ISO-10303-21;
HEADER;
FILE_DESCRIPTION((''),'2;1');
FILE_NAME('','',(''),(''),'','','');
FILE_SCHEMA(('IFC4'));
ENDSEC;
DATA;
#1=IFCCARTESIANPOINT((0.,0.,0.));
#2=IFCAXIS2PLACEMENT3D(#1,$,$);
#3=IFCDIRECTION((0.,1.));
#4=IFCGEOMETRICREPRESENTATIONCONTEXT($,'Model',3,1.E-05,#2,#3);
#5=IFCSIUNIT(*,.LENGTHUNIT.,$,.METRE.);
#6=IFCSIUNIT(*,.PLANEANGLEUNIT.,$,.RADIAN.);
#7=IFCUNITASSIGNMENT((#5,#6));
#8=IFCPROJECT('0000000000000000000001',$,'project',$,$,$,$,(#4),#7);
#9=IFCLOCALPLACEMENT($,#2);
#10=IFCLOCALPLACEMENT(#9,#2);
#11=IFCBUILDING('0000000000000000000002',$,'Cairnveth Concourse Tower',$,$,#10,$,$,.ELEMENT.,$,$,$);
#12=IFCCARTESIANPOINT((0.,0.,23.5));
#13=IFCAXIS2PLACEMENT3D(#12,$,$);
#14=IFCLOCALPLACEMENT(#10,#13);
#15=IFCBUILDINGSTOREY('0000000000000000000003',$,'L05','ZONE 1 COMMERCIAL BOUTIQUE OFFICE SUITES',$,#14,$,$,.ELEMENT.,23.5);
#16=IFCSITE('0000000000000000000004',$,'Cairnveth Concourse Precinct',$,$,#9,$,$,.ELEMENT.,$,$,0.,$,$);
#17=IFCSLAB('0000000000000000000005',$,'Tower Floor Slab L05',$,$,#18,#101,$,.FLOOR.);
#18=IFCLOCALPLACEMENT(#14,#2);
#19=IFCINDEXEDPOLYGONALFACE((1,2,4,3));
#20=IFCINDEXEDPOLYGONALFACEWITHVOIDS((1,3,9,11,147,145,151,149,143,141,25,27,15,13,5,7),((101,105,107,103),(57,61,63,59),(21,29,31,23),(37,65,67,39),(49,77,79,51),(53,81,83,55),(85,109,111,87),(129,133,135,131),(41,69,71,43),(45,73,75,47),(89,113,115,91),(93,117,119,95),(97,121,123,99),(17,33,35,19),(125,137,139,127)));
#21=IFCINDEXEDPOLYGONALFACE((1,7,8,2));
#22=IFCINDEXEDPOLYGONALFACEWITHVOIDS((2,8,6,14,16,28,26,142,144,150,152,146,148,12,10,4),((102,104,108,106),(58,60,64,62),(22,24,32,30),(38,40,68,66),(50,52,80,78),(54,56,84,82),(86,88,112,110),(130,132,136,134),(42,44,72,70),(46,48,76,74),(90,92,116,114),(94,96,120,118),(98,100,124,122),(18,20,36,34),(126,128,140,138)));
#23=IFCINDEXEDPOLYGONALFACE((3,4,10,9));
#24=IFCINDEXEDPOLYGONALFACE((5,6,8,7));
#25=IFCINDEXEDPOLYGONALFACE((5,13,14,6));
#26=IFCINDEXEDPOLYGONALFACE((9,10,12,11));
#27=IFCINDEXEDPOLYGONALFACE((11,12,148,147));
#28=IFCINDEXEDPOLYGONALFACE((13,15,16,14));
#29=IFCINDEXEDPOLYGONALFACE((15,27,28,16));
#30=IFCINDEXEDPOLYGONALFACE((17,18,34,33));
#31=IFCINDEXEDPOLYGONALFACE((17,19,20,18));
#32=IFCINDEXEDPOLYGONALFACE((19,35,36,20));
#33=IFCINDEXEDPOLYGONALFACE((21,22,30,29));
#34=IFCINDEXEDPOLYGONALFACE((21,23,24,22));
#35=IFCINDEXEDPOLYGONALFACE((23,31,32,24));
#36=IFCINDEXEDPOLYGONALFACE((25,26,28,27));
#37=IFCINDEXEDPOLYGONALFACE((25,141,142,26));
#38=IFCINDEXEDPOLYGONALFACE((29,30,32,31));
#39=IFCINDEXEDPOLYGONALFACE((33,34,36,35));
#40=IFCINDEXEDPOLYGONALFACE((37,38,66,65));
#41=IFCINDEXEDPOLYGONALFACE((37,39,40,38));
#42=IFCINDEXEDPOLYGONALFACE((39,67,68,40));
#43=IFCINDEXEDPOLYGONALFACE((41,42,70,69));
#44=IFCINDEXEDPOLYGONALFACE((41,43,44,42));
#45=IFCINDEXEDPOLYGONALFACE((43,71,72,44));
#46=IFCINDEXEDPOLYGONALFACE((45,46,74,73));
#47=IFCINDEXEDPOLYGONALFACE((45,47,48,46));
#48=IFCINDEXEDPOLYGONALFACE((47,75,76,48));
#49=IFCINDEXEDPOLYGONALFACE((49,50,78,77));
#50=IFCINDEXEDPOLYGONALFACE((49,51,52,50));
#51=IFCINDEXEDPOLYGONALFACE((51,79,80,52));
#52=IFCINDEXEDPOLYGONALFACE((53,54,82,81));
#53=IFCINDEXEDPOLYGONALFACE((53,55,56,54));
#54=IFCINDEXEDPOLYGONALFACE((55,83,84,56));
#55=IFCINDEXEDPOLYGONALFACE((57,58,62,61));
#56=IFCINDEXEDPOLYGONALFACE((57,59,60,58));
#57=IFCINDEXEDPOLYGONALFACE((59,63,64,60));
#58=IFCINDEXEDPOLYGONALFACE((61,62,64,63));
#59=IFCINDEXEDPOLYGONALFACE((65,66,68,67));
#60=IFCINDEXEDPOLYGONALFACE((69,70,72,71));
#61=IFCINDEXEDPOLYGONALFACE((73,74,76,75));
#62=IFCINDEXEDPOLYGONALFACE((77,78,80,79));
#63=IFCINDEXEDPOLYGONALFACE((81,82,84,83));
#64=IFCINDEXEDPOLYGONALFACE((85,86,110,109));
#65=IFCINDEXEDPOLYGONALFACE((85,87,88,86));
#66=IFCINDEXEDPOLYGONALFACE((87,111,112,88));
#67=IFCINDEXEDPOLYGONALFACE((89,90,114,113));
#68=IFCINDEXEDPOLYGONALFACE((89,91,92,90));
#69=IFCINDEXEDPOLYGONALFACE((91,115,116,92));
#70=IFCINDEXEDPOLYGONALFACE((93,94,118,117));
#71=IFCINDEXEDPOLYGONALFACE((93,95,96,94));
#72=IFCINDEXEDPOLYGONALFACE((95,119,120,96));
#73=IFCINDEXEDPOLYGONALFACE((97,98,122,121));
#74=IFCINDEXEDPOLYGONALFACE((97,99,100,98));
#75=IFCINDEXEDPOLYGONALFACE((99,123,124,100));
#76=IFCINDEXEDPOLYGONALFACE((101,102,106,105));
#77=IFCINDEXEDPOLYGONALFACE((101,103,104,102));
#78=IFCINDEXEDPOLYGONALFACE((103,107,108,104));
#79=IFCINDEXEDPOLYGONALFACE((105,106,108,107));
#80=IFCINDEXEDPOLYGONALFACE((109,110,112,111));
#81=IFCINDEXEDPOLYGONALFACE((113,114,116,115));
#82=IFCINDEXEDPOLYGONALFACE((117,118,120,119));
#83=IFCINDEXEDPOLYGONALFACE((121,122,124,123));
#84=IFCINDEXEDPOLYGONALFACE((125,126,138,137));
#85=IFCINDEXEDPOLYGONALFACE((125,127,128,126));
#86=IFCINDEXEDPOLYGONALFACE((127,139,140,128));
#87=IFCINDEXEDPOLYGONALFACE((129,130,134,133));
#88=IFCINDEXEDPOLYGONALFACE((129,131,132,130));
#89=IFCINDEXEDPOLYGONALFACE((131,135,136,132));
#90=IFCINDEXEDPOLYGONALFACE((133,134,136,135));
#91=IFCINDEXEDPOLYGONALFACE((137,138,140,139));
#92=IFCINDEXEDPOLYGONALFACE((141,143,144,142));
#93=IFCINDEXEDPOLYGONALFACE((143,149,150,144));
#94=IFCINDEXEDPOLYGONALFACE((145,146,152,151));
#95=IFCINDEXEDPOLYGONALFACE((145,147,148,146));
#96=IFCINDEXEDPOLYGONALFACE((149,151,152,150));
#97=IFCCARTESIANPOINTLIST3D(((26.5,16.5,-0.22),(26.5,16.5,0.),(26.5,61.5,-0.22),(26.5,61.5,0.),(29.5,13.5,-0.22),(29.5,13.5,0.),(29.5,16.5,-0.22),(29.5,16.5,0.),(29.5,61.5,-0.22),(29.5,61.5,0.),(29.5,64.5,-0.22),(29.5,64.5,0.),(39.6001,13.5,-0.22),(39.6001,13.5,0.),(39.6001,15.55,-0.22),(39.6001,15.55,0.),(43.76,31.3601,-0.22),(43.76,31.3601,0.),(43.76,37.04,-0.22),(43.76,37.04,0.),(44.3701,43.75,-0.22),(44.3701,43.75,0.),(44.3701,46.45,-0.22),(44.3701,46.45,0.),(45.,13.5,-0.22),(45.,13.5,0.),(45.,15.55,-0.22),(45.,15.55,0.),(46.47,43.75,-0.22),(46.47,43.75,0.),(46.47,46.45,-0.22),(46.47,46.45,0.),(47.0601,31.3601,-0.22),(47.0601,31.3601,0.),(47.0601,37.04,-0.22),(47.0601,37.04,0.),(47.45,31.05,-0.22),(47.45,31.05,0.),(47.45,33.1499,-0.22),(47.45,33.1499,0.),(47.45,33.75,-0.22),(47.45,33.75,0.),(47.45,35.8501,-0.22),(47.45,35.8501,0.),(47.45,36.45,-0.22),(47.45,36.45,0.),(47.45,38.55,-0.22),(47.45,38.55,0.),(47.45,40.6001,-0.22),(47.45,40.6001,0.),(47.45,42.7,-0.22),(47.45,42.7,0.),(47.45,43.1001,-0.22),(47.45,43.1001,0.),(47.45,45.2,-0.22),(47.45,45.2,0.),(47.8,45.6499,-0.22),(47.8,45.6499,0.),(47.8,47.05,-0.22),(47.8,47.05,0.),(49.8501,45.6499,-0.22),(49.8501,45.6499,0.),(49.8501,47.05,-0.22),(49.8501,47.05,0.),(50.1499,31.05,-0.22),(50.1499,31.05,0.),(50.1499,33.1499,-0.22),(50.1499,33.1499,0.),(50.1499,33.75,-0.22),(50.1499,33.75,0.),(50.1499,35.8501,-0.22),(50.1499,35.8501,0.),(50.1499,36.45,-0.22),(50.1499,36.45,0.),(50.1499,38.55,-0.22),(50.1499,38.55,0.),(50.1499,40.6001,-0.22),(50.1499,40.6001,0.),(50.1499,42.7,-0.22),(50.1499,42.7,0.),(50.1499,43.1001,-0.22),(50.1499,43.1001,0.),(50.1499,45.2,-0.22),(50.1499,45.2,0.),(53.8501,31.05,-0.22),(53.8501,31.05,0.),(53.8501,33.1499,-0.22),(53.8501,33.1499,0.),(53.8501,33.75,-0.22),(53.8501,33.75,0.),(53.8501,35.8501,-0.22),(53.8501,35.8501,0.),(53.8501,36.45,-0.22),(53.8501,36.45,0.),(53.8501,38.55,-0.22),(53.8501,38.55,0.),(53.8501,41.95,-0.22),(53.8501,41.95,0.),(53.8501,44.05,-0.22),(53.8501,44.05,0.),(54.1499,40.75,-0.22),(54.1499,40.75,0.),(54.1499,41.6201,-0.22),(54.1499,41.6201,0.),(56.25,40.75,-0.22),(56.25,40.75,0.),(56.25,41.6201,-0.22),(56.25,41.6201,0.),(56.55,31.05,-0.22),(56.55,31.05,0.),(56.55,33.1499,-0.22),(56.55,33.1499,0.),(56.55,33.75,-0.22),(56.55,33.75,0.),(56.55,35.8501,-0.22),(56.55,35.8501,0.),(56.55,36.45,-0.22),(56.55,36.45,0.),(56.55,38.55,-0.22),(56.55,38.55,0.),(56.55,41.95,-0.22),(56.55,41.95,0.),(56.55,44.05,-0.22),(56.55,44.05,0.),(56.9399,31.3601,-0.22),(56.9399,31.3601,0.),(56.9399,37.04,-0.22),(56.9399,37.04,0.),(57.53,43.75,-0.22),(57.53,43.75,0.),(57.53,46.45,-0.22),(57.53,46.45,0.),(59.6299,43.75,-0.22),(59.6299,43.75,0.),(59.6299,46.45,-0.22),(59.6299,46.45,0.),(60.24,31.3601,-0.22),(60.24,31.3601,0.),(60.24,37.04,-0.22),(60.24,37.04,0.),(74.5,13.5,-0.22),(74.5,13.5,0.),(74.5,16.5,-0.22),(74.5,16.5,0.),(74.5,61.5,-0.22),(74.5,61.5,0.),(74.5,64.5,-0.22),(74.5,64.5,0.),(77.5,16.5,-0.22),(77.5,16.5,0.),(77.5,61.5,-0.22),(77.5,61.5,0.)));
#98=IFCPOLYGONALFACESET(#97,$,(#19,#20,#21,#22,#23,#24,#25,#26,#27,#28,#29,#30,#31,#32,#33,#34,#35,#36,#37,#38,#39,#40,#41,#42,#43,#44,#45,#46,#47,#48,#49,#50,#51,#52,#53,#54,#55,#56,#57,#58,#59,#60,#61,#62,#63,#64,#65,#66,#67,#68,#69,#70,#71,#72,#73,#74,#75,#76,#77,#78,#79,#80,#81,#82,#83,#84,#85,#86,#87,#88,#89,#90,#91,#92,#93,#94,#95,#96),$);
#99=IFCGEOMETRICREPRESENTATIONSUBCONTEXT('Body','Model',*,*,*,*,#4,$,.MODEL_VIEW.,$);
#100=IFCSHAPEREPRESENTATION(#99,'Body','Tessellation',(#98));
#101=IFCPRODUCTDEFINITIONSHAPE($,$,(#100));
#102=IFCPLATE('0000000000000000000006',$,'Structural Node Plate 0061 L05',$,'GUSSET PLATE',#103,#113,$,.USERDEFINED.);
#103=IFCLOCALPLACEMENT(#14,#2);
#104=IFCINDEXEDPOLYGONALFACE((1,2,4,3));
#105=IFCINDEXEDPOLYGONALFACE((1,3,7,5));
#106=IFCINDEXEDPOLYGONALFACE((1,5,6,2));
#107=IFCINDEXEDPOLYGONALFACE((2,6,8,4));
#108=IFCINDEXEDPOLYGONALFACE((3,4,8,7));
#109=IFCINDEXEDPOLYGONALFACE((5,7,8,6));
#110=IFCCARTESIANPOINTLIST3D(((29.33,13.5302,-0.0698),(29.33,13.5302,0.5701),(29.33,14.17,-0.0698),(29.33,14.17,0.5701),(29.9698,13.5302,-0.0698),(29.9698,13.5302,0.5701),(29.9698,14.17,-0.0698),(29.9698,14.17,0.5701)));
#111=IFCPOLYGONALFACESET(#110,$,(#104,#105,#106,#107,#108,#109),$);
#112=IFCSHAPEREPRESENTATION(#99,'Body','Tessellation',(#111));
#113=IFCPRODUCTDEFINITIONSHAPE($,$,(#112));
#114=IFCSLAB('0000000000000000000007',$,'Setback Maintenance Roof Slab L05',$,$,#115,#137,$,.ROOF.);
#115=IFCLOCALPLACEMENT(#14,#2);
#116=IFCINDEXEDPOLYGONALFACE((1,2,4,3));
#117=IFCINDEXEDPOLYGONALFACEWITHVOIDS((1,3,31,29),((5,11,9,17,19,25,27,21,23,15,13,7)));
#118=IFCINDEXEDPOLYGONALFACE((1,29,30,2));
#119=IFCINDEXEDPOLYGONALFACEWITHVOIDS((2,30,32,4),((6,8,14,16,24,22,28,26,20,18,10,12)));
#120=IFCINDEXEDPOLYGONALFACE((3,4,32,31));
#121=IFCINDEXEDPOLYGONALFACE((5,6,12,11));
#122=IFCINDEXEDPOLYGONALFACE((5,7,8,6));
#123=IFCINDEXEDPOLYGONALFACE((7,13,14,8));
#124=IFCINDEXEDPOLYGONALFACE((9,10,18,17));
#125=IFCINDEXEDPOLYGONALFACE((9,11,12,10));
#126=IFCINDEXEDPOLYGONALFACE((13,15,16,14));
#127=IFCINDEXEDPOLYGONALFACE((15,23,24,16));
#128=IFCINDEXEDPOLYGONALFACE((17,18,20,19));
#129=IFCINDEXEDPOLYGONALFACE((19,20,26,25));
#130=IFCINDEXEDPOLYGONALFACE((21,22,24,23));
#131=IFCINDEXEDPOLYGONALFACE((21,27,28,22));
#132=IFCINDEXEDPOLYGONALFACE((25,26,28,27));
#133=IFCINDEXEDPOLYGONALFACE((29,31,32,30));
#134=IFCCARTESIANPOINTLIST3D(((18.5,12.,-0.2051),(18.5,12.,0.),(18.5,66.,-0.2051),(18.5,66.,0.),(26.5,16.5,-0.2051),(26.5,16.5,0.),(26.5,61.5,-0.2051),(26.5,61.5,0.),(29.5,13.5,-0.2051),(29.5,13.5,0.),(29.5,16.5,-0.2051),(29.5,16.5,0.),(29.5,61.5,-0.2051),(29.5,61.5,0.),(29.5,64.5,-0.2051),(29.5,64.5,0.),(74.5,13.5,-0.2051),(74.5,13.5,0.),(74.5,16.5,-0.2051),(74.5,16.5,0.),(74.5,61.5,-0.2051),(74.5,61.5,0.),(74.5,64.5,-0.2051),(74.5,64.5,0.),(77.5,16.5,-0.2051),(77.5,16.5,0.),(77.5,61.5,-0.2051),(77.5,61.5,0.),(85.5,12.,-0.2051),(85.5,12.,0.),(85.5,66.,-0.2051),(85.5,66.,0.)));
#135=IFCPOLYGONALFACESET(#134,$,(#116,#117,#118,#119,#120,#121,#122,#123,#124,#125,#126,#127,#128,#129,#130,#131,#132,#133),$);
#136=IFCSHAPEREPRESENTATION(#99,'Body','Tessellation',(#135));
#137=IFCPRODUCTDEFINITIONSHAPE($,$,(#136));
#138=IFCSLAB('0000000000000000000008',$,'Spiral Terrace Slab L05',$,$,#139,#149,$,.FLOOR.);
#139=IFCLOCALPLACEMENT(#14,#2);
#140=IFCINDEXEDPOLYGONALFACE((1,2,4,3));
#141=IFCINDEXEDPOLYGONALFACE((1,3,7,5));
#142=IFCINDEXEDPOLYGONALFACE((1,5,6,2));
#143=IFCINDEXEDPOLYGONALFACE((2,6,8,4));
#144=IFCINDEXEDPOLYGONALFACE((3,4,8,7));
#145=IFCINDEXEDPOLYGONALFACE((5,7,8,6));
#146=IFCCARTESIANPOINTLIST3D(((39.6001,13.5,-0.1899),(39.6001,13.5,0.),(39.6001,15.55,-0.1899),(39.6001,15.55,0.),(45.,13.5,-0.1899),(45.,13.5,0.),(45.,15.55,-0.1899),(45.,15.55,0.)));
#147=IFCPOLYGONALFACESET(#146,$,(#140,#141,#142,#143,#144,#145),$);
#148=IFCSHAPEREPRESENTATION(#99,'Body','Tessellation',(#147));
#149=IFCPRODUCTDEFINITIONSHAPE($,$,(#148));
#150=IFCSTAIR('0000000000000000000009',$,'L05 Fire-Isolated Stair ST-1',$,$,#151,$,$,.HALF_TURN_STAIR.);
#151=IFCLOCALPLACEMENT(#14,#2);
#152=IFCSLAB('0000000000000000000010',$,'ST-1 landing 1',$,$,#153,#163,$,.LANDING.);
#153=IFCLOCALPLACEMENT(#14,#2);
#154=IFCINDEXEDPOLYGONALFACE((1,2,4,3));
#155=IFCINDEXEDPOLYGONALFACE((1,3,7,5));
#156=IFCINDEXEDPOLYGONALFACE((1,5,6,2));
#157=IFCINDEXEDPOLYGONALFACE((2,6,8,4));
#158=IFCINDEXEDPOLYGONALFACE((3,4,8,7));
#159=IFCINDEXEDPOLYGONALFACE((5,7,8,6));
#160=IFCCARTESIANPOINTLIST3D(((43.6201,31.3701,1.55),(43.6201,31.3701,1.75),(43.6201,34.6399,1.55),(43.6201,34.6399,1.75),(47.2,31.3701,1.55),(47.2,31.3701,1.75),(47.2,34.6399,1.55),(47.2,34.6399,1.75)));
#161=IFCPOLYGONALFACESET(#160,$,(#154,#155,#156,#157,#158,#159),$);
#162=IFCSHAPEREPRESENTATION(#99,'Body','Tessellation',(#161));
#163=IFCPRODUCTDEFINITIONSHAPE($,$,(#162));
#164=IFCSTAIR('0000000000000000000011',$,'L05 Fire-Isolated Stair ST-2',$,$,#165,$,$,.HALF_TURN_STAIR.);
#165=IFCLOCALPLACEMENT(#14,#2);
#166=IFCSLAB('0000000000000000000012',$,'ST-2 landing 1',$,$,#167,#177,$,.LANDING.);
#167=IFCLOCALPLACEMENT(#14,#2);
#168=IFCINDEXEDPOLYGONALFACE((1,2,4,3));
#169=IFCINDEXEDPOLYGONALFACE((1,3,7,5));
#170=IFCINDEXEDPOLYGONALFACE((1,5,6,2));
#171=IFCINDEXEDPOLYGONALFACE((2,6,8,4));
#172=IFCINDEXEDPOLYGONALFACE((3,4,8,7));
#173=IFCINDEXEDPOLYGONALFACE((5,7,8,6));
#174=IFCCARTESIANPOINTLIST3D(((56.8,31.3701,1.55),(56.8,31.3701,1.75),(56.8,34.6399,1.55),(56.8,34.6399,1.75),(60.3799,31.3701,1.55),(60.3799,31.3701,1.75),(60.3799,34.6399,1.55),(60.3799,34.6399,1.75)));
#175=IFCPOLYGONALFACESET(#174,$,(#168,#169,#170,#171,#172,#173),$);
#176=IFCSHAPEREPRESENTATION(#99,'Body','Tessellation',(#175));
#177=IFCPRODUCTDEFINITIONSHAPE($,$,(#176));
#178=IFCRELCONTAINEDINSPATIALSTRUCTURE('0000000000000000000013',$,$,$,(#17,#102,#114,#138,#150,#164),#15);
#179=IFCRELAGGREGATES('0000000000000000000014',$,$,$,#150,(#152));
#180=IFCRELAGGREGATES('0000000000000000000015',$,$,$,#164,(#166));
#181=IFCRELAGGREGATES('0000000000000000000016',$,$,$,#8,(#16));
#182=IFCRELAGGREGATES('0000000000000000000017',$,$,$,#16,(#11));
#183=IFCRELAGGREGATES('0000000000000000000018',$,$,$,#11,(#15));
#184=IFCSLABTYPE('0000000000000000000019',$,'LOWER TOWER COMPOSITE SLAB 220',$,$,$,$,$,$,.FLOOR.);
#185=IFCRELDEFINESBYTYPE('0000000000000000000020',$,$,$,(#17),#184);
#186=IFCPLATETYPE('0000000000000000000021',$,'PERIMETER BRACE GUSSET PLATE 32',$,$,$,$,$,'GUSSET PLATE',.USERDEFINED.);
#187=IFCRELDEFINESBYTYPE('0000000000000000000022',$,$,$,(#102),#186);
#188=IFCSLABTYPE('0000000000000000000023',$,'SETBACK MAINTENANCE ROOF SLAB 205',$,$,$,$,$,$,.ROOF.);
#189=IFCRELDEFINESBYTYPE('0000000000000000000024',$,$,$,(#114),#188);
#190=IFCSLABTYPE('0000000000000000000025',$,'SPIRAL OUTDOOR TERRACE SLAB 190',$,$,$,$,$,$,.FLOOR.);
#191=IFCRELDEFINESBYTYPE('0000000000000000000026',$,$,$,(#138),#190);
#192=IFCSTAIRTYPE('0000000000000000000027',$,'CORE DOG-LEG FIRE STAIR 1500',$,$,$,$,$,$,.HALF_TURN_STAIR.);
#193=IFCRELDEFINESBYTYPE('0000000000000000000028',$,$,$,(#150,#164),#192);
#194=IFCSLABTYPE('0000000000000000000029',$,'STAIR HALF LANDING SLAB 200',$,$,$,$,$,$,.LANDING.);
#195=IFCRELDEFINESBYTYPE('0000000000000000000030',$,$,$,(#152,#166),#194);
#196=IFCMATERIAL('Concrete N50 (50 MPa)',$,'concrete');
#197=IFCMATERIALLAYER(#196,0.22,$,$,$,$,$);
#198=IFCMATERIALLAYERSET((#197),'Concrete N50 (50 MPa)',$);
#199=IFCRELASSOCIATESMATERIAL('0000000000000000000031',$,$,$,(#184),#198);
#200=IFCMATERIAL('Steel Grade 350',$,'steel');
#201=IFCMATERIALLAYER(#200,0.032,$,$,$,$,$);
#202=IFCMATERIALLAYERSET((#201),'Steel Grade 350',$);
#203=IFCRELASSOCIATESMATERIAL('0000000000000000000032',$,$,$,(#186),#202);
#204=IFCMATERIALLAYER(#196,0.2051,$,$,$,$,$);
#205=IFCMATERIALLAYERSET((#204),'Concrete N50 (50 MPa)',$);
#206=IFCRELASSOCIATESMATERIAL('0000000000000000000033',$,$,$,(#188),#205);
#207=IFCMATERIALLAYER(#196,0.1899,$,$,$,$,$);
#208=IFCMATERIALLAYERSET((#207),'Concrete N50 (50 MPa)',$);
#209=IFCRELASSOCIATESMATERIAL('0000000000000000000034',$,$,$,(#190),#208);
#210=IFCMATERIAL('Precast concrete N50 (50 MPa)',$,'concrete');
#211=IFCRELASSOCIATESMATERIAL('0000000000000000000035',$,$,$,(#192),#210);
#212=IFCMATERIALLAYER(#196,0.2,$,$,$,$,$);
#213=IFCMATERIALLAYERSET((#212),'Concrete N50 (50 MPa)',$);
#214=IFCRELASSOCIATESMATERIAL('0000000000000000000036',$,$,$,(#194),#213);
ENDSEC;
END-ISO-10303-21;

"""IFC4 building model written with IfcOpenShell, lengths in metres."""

from ifc_helpers import new_model, si_unit, direction, frame, origin, origin_2d, place, context, subcontext, project, spatial, polyline, rectangle, outline, extrude, material, layer, layer_set, type_object, element, aggregate, save


model = new_model("IFC4")

# Units and contexts
model_context = context("Model", 3, precision=1e-05, world=origin(), true_north=direction((0.0, 1.0)))
body_context = subcontext(model_context, "Body", "Model", "MODEL_VIEW")
ifc_project = project(units=[si_unit("LENGTHUNIT", "METRE"), si_unit("PLANEANGLEUNIT", "RADIAN")], contexts=[model_context])

# Site, building, storey
site_placement = place(None, origin())
site = spatial("IfcSite", under=ifc_project, at=site_placement, Name="Cairnveth Concourse Precinct", CompositionType="ELEMENT", RefElevation=0.0)
building_placement = place(site_placement, origin())
building = spatial("IfcBuilding", under=site, at=building_placement, Name="Cairnveth Concourse Tower", CompositionType="ELEMENT")
storey_placement = place(building_placement, frame((0.0, 0.0, 23.5)))
storey = spatial("IfcBuildingStorey", under=building, at=storey_placement, Name="L05", Description="ZONE 1 COMMERCIAL BOUTIQUE OFFICE SUITES", CompositionType="ELEMENT", Elevation=23.5)

# Shared definitions
ifc_material_1 = material(Name="Steel Grade 350", Category="steel")

# Slab
ifc_material_2 = material(Name="Concrete N50 (50 MPa)", Category="concrete")
ifc_layer_1 = layer(ifc_material_2, 0.22)
ifc_layer_set_1 = layer_set([ifc_layer_1], Name="Concrete N50 (50 MPa)")
slab_type_1 = type_object("IfcSlabType", Name="LOWER TOWER COMPOSITE SLAB 220", PredefinedType="FLOOR", material=ifc_layer_set_1)
slab_1_placement = place(storey_placement, frame((0.0, 0.0, -0.22)))
element("IfcSlab", 1, at=slab_1_placement, inside=storey, type_object=slab_type_1, Name="Tower Floor Slab L05", PredefinedType="FLOOR", context=body_context, shape_type="SweptSolid", body=[
    extrude(outline(polyline([(39.6001, 13.5), (39.6001, 15.55), (45.0, 15.55), (45.0, 13.5), (74.5, 13.5), (74.5, 16.5), (77.5, 16.5), (77.5, 61.5), (74.5, 61.5), (74.5, 64.5), (29.5, 64.5), (29.5, 61.5), (26.5, 61.5), (26.5, 16.5), (29.5, 16.5), (29.5, 13.5), (39.6001, 13.5)]), holes=[polyline([(43.76, 31.3601), (47.0601, 31.3601), (47.0601, 37.04), (43.76, 37.04), (43.76, 31.3601)]), polyline([(56.9399, 31.3601), (60.24, 31.3601), (60.24, 37.04), (56.9399, 37.04), (56.9399, 31.3601)]), polyline([(44.3701, 43.75), (46.47, 43.75), (46.47, 46.45), (44.3701, 46.45), (44.3701, 43.75)]), polyline([(57.53, 43.75), (59.6299, 43.75), (59.6299, 46.45), (57.53, 46.45), (57.53, 43.75)]), polyline([(47.45, 31.05), (50.1499, 31.05), (50.1499, 33.1499), (47.45, 33.1499), (47.45, 31.05)]), polyline([(47.45, 33.75), (50.1499, 33.75), (50.1499, 35.8501), (47.45, 35.8501), (47.45, 33.75)]), polyline([(47.45, 36.45), (50.1499, 36.45), (50.1499, 38.55), (47.45, 38.55), (47.45, 36.45)]), polyline([(53.8501, 31.05), (56.55, 31.05), (56.55, 33.1499), (53.8501, 33.1499), (53.8501, 31.05)]), polyline([(53.8501, 33.75), (56.55, 33.75), (56.55, 35.8501), (53.8501, 35.8501), (53.8501, 33.75)]), polyline([(53.8501, 36.45), (56.55, 36.45), (56.55, 38.55), (53.8501, 38.55), (53.8501, 36.45)]), polyline([(47.45, 40.6001), (50.1499, 40.6001), (50.1499, 42.7), (47.45, 42.7), (47.45, 40.6001)]), polyline([(47.45, 43.1001), (50.1499, 43.1001), (50.1499, 45.2), (47.45, 45.2), (47.45, 43.1001)]), polyline([(53.8501, 41.95), (56.55, 41.95), (56.55, 44.05), (53.8501, 44.05), (53.8501, 41.95)]), polyline([(47.8, 45.6499), (49.8501, 45.6499), (49.8501, 47.05), (47.8, 47.05), (47.8, 45.6499)]), polyline([(54.1499, 40.75), (56.25, 40.75), (56.25, 41.6201), (54.1499, 41.6201), (54.1499, 40.75)])]), origin(), (0.0, 0.0, 1.0), 0.22),
])

# Plate
ifc_layer_2 = layer(ifc_material_1, 0.032)
ifc_layer_set_2 = layer_set([ifc_layer_2], Name="Steel Grade 350")
plate_type = type_object("IfcPlateType", Name="PERIMETER BRACE GUSSET PLATE 32", ElementType="GUSSET PLATE", PredefinedType="USERDEFINED", material=ifc_layer_set_2)
plate_placement = place(storey_placement, frame((29.6499, 13.8501, -0.0698), z_axis=(0.0, 0.0, 1.0), x_axis=(1.0, 0.0, 0.0)))
element("IfcPlate", 2, at=plate_placement, inside=storey, type_object=plate_type, Name="Structural Node Plate 0061 L05", ObjectType="GUSSET PLATE", PredefinedType="USERDEFINED", context=body_context, shape_type="SweptSolid", body=[
    extrude(rectangle(XDim=0.6399, YDim=0.6399, at=origin_2d()), origin(), (0.0, 0.0, 1.0), 0.6399),
])

# Slabs
ifc_layer_3 = layer(ifc_material_2, 0.2051)
ifc_layer_set_3 = layer_set([ifc_layer_3], Name="Concrete N50 (50 MPa)")
slab_type_2 = type_object("IfcSlabType", Name="SETBACK MAINTENANCE ROOF SLAB 205", PredefinedType="ROOF", material=ifc_layer_set_3)
slab_2_placement = place(storey_placement, frame((0.0, 0.0, -0.2051)))
element("IfcSlab", 3, at=slab_2_placement, inside=storey, type_object=slab_type_2, Name="Setback Maintenance Roof Slab L05", PredefinedType="ROOF", context=body_context, shape_type="SweptSolid", body=[
    extrude(outline(polyline([(18.5, 12.0), (85.5, 12.0), (85.5, 66.0), (18.5, 66.0), (18.5, 12.0)]), holes=[polyline([(29.5, 13.5), (74.5, 13.5), (74.5, 16.5), (77.5, 16.5), (77.5, 61.5), (74.5, 61.5), (74.5, 64.5), (29.5, 64.5), (29.5, 61.5), (26.5, 61.5), (26.5, 16.5), (29.5, 16.5), (29.5, 13.5)])]), origin(), (0.0, 0.0, 1.0), 0.2051),
])
ifc_layer_4 = layer(ifc_material_2, 0.1899)
ifc_layer_set_4 = layer_set([ifc_layer_4], Name="Concrete N50 (50 MPa)")
slab_type_3 = type_object("IfcSlabType", Name="SPIRAL OUTDOOR TERRACE SLAB 190", PredefinedType="FLOOR", material=ifc_layer_set_4)
slab_3_placement = place(storey_placement, frame((0.0, 0.0, -0.1899)))
element("IfcSlab", 4, at=slab_3_placement, inside=storey, type_object=slab_type_3, Name="Spiral Terrace Slab L05", PredefinedType="FLOOR", context=body_context, shape_type="SweptSolid", body=[
    extrude(outline(polyline([(39.6001, 13.5), (45.0, 13.5), (45.0, 15.55), (39.6001, 15.55), (39.6001, 13.5)])), origin(), (0.0, 0.0, 1.0), 0.1899),
])

# Stairs, slabs
ifc_material_3 = material(Name="Precast concrete N50 (50 MPa)", Category="concrete")
stair_type = type_object("IfcStairType", Name="CORE DOG-LEG FIRE STAIR 1500", PredefinedType="HALF_TURN_STAIR", material=ifc_material_3)
stair_1_placement = place(storey_placement, origin())
stair_1 = element("IfcStair", 5, at=stair_1_placement, inside=storey, type_object=stair_type, Name="L05 Fire-Isolated Stair ST-1", PredefinedType="HALF_TURN_STAIR")
ifc_layer_5 = layer(ifc_material_2, 0.2)
ifc_layer_set_5 = layer_set([ifc_layer_5], Name="Concrete N50 (50 MPa)")
slab_type_4 = type_object("IfcSlabType", Name="STAIR HALF LANDING SLAB 200", PredefinedType="LANDING", material=ifc_layer_set_5)
slab_4_placement = place(storey_placement, frame((0.0, 0.0, 1.55)))
slab_4 = element("IfcSlab", 6, at=slab_4_placement, type_object=slab_type_4, Name="ST-1 landing 1", PredefinedType="LANDING", context=body_context, shape_type="SweptSolid", body=[
    extrude(outline(polyline([(43.6201, 34.6399), (43.6201, 31.3701), (47.2, 31.3701), (47.2, 34.6399), (43.6201, 34.6399)])), origin(), (0.0, 0.0, 1.0), 0.2),
])
aggregate(stair_1, [slab_4])
stair_2_placement = place(storey_placement, origin())
stair_2 = element("IfcStair", 7, at=stair_2_placement, inside=storey, type_object=stair_type, Name="L05 Fire-Isolated Stair ST-2", PredefinedType="HALF_TURN_STAIR")
slab_5_placement = place(storey_placement, frame((0.0, 0.0, 1.55)))
slab_5 = element("IfcSlab", 8, at=slab_5_placement, type_object=slab_type_4, Name="ST-2 landing 1", PredefinedType="LANDING", context=body_context, shape_type="SweptSolid", body=[
    extrude(outline(polyline([(56.8, 34.6399), (56.8, 31.3701), (60.3799, 31.3701), (60.3799, 34.6399), (56.8, 34.6399)])), origin(), (0.0, 0.0, 1.0), 0.2),
])
aggregate(stair_2, [slab_5])

save(model, "model.ifc")
